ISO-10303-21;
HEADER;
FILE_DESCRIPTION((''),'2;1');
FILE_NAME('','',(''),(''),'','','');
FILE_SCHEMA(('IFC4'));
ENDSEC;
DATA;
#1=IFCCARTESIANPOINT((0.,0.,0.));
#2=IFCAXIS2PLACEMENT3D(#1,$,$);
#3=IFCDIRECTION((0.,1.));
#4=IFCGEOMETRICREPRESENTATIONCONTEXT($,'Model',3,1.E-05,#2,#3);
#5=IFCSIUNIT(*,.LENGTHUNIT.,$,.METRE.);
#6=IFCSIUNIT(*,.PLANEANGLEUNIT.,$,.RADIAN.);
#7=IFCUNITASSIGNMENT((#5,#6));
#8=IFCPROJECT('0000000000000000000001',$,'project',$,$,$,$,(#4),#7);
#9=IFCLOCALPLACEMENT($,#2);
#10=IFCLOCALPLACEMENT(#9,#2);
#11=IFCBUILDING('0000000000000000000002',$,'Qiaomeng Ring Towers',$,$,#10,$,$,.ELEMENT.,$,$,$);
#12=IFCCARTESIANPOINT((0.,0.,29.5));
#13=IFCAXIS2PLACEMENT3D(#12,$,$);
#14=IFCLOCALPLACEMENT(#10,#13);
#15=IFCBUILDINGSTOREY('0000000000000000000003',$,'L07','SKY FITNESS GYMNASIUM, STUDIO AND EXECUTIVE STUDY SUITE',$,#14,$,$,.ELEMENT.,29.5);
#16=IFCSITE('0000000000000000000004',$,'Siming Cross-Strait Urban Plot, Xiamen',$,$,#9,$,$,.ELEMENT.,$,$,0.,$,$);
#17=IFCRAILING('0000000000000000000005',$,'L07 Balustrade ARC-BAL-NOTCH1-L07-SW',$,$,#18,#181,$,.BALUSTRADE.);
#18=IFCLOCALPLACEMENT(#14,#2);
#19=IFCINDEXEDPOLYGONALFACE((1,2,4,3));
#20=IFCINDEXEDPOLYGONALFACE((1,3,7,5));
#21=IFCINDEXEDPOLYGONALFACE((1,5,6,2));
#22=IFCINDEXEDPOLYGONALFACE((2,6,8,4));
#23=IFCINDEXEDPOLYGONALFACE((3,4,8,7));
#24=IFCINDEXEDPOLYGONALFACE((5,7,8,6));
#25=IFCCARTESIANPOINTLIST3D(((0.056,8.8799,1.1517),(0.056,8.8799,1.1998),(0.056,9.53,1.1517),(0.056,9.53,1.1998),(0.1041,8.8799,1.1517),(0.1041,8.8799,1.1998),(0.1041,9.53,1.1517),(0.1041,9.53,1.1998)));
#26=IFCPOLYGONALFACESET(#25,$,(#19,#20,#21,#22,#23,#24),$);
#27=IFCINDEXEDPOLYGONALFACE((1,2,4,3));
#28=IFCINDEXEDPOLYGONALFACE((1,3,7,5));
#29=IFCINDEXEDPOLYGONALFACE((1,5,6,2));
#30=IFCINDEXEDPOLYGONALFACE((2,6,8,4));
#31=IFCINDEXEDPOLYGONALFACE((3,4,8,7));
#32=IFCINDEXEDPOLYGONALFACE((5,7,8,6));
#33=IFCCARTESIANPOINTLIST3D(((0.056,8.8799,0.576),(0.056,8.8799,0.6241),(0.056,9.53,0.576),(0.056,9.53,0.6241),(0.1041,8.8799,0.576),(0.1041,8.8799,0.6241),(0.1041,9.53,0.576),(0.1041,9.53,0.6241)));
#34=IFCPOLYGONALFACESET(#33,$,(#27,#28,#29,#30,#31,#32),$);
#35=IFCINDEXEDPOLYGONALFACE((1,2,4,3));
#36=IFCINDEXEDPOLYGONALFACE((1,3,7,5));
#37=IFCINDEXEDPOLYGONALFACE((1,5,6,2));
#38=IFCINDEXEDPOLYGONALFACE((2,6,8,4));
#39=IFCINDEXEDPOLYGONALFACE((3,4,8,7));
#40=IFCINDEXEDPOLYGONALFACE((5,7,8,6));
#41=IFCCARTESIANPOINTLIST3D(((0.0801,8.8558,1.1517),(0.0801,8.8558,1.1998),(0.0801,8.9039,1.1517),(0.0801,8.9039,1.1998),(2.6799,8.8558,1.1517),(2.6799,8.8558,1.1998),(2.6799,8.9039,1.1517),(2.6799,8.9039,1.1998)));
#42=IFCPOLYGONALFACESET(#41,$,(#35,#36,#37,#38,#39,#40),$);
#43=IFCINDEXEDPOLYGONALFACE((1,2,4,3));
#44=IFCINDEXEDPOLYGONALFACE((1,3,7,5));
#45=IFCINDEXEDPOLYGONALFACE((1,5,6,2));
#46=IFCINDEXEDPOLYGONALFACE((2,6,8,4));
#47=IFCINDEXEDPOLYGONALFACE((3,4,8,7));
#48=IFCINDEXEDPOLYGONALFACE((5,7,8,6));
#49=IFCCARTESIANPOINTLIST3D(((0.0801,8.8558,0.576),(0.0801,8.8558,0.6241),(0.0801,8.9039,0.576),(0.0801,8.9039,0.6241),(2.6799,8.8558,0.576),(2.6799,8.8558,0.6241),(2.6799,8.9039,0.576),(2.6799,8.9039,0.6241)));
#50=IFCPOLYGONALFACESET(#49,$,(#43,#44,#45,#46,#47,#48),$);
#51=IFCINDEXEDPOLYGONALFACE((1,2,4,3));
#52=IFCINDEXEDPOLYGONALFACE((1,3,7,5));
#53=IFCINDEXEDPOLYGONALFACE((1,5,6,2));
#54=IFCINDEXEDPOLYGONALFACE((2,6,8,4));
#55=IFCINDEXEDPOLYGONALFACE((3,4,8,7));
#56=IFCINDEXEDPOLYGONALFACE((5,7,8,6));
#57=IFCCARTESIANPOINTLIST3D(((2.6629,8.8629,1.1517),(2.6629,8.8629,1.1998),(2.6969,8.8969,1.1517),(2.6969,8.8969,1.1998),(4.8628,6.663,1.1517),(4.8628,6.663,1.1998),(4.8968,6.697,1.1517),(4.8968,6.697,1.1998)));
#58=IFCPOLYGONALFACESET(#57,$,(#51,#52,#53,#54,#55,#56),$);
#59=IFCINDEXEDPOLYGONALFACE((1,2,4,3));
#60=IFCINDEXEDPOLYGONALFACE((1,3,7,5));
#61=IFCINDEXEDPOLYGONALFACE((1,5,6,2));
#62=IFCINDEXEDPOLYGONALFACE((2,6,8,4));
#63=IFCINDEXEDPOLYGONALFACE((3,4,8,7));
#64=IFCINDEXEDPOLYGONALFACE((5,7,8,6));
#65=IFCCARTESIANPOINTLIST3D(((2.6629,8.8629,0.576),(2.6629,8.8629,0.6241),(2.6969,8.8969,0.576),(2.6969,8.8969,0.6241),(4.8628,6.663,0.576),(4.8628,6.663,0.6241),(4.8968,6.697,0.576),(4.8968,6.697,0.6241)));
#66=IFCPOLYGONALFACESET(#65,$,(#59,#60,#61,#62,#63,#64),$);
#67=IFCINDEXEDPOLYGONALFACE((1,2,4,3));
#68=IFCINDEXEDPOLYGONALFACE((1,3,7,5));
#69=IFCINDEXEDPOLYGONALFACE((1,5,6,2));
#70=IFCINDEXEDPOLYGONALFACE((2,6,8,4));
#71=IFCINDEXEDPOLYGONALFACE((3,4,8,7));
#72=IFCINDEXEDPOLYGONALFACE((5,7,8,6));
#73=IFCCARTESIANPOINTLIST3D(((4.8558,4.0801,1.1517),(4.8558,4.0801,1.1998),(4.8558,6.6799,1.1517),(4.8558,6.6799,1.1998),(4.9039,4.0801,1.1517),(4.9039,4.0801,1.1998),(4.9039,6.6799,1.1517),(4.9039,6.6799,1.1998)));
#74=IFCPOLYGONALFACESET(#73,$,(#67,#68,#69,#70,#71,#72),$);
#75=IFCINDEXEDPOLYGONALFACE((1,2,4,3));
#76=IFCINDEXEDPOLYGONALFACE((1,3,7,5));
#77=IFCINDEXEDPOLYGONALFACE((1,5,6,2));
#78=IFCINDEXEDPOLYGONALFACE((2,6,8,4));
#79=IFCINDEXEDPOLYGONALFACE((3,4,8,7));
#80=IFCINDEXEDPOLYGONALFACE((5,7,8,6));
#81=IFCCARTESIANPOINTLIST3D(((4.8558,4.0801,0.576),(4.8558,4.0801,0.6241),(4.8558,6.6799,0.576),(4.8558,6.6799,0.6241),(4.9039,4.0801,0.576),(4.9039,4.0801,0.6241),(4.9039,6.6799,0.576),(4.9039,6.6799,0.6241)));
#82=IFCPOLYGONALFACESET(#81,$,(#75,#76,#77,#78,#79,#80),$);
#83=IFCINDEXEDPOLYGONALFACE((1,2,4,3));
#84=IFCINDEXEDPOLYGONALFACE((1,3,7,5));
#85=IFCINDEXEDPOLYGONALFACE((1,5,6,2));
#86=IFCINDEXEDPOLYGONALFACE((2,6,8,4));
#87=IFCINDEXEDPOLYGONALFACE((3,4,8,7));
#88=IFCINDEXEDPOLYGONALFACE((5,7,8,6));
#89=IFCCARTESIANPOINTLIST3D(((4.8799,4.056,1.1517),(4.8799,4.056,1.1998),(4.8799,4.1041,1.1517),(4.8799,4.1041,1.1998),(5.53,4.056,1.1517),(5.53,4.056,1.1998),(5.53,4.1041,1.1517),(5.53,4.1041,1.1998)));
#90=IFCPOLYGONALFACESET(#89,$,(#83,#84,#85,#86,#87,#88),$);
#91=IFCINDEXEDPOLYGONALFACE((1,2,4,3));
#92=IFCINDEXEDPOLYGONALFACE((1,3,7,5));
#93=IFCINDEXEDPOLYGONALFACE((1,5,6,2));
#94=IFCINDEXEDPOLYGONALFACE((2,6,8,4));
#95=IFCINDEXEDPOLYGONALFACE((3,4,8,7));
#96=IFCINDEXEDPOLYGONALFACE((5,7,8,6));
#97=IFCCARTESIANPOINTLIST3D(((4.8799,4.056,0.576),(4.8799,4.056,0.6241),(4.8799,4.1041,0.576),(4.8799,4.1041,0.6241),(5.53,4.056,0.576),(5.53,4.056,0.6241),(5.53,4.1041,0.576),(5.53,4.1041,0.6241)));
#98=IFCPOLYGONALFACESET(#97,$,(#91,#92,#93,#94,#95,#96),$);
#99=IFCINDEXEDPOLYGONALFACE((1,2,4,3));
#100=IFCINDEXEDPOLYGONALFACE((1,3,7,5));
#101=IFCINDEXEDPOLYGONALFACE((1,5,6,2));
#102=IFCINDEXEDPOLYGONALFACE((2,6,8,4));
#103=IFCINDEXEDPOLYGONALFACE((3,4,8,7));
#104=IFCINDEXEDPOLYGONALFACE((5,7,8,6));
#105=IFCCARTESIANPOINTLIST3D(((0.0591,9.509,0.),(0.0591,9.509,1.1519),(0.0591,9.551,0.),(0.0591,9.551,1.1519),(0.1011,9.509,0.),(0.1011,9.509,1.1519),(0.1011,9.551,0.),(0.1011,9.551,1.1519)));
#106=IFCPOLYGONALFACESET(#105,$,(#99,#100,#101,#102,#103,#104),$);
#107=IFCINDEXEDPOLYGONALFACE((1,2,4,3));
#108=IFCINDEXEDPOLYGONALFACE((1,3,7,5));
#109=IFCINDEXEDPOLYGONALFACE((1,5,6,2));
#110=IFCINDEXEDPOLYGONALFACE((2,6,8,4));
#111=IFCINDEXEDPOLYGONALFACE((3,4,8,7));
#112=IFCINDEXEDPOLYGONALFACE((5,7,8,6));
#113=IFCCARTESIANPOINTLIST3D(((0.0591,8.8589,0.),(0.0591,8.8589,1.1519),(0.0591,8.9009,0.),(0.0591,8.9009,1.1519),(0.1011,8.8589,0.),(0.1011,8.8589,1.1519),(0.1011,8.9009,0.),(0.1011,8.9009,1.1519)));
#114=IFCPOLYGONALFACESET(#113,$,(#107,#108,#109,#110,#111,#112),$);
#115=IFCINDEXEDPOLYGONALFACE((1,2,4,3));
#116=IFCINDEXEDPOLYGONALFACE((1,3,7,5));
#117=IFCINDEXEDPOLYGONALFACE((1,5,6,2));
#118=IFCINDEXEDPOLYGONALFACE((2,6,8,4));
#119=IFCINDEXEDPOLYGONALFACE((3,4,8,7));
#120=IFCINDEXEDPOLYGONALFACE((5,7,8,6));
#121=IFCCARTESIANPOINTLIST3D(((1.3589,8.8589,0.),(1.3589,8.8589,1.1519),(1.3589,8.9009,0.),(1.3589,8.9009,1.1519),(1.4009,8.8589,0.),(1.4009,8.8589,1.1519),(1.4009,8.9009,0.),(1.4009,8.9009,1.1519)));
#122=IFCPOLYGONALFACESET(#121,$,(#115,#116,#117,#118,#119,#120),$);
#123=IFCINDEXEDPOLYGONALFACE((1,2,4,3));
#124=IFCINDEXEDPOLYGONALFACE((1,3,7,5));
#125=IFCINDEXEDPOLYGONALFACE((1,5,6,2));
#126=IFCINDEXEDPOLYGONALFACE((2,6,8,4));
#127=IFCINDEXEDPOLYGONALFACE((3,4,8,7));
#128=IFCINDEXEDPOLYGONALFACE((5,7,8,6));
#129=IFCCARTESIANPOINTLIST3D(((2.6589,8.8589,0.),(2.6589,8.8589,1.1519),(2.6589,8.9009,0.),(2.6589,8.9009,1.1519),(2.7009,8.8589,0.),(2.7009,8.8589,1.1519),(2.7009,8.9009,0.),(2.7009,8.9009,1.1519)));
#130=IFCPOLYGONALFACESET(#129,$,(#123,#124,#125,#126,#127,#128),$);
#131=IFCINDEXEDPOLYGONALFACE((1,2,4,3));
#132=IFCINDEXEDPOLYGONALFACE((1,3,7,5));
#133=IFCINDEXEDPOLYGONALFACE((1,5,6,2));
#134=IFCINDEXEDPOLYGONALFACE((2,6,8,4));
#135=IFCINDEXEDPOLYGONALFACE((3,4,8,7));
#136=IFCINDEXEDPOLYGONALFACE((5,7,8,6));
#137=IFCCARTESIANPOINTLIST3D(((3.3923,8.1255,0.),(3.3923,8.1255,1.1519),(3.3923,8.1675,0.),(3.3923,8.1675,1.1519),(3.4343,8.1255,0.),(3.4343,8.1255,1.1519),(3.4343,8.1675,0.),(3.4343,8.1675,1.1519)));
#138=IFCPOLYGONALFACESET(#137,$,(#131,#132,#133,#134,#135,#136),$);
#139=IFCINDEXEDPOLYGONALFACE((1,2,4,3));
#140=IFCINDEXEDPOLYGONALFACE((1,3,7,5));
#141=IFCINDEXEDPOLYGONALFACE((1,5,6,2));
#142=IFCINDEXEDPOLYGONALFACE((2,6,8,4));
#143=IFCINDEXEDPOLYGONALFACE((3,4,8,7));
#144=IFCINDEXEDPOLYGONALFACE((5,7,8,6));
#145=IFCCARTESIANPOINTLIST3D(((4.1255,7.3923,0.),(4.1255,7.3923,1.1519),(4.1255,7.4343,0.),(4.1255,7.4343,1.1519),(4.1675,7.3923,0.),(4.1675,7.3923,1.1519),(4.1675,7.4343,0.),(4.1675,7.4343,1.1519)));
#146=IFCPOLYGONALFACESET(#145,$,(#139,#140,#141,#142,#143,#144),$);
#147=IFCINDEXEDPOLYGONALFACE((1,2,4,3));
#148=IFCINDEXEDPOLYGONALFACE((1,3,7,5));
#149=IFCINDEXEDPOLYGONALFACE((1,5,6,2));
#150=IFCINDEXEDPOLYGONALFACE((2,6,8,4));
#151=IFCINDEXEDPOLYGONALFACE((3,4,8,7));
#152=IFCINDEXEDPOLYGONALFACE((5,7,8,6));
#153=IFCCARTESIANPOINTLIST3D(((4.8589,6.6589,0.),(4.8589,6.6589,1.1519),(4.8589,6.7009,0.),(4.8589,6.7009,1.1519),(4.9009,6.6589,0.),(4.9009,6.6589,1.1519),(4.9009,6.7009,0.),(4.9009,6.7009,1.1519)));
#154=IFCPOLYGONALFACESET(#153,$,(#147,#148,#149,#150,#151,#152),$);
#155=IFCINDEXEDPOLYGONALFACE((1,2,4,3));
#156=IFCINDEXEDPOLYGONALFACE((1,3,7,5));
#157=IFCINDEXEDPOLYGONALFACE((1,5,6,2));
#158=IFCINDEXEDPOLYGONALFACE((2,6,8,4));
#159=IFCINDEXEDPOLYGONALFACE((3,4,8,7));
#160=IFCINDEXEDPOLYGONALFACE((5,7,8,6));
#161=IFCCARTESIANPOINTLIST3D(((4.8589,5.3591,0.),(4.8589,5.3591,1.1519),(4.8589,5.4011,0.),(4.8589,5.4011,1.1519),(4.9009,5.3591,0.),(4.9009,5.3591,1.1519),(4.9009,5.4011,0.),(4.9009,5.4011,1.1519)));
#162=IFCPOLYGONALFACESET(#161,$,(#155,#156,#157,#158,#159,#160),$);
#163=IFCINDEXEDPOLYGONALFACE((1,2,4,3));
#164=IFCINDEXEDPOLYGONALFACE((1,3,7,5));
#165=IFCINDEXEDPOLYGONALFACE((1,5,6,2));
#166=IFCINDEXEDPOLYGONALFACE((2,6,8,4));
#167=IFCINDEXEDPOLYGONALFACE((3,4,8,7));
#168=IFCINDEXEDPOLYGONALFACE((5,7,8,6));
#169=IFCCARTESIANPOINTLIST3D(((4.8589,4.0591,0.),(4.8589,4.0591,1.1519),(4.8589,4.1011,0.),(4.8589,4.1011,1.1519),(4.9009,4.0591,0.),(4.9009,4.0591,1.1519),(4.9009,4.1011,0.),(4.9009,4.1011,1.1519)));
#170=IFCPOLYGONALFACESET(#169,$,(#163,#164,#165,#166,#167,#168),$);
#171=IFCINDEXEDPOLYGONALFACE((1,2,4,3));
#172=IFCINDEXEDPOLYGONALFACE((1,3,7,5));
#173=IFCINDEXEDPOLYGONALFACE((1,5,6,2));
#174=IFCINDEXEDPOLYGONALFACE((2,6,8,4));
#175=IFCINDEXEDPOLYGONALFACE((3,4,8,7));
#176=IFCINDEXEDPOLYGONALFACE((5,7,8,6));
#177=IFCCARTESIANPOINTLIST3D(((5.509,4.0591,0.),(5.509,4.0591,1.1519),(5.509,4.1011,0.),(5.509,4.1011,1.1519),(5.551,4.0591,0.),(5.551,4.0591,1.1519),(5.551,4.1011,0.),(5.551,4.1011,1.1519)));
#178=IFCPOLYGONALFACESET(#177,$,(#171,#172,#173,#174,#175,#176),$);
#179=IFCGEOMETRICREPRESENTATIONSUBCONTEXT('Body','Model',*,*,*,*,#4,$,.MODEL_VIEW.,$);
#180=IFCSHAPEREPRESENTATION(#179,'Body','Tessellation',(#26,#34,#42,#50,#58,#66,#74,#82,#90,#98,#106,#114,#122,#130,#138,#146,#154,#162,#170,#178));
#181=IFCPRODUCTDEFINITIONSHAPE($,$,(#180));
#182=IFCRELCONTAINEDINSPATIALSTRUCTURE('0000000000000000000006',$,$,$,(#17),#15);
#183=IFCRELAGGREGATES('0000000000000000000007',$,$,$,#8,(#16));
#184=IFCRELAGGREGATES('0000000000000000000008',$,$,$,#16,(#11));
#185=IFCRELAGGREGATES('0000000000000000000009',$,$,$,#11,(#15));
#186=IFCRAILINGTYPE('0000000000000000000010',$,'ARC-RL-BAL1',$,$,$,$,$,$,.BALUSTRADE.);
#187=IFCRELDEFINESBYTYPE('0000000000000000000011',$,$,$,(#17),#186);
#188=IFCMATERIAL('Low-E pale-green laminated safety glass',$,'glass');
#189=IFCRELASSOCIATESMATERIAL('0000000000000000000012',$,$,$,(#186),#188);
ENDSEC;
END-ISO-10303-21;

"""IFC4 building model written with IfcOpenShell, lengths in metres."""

from ifc_helpers import new_model, si_unit, direction, frame, origin, origin_2d, place, context, subcontext, project, spatial, rectangle, extrude, material, type_object, element, save


model = new_model("IFC4")

# Units and contexts
model_context = context("Model", 3, precision=1e-05, world=origin(), true_north=direction((0.0, 1.0)))
body_context = subcontext(model_context, "Body", "Model", "MODEL_VIEW")
ifc_project = project(units=[si_unit("LENGTHUNIT", "METRE"), si_unit("PLANEANGLEUNIT", "RADIAN")], contexts=[model_context])

# Site, building, storey
site_placement = place(None, origin())
site = spatial("IfcSite", under=ifc_project, at=site_placement, Name="Siming Cross-Strait Urban Plot, Xiamen", CompositionType="ELEMENT", RefElevation=0.0)
building_placement = place(site_placement, origin())
building = spatial("IfcBuilding", under=site, at=building_placement, Name="Qiaomeng Ring Towers", CompositionType="ELEMENT")
storey_placement = place(building_placement, frame((0.0, 0.0, 29.5)))
storey = spatial("IfcBuildingStorey", under=building, at=storey_placement, Name="L07", Description="SKY FITNESS GYMNASIUM, STUDIO AND EXECUTIVE STUDY SUITE", CompositionType="ELEMENT", Elevation=29.5)

# Railing
ifc_material_1 = material(Name="Low-E pale-green laminated safety glass", Category="glass")
railing_type = type_object("IfcRailingType", Name="ARC-RL-BAL1", PredefinedType="BALUSTRADE", material=ifc_material_1)
railing_1_placement = place(storey_placement, frame((0.0801, 9.53, 0.0)))
element("IfcRailing", 1, at=railing_1_placement, inside=storey, type_object=railing_type, Name="L07 Balustrade ARC-BAL-NOTCH1-L07-SW", PredefinedType="BALUSTRADE", context=body_context, shape_type="SweptSolid", body=[
    extrude(rectangle(XDim=0.0481, YDim=0.0481, at=origin_2d()), frame((0.0, 0.0, 1.1758), z_axis=(0.0, -1.0, 0.0), x_axis=(1.0, 0.0, 0.0)), (0.0, 0.0, 1.0), 0.6501),
    extrude(rectangle(XDim=0.0481, YDim=0.0481, at=origin_2d()), frame((0.0, 0.0, 0.6001), z_axis=(0.0, -1.0, 0.0), x_axis=(1.0, 0.0, 0.0)), (0.0, 0.0, 1.0), 0.6501),
    extrude(rectangle(XDim=0.0481, YDim=0.0481, at=origin_2d()), frame((0.0, -0.6501, 1.1758), z_axis=(1.0, 0.0, 0.0), x_axis=(0.0, 1.0, 0.0)), (0.0, 0.0, 1.0), 2.5999),
    extrude(rectangle(XDim=0.0481, YDim=0.0481, at=origin_2d()), frame((0.0, -0.6501, 0.6001), z_axis=(1.0, 0.0, 0.0), x_axis=(0.0, 1.0, 0.0)), (0.0, 0.0, 1.0), 2.5999),
    extrude(rectangle(XDim=0.0481, YDim=0.0481, at=origin_2d()), frame((2.5999, -0.6501, 1.1758), z_axis=(0.707107, -0.707107, 0.0), x_axis=(0.707107, 0.707107, 0.0)), (0.0, 0.0, 1.0), 3.1111),
    extrude(rectangle(XDim=0.0481, YDim=0.0481, at=origin_2d()), frame((2.5999, -0.6501, 0.6001), z_axis=(0.707107, -0.707107, 0.0), x_axis=(0.707107, 0.707107, 0.0)), (0.0, 0.0, 1.0), 3.1111),
    extrude(rectangle(XDim=0.0481, YDim=0.0481, at=origin_2d()), frame((4.7998, -2.8501, 1.1758), z_axis=(0.0, -1.0, 0.0), x_axis=(1.0, 0.0, 0.0)), (0.0, 0.0, 1.0), 2.5999),
    extrude(rectangle(XDim=0.0481, YDim=0.0481, at=origin_2d()), frame((4.7998, -2.8501, 0.6001), z_axis=(0.0, -1.0, 0.0), x_axis=(1.0, 0.0, 0.0)), (0.0, 0.0, 1.0), 2.5999),
    extrude(rectangle(XDim=0.0481, YDim=0.0481, at=origin_2d()), frame((4.7998, -5.45, 1.1758), z_axis=(1.0, 0.0, 0.0), x_axis=(0.0, 1.0, 0.0)), (0.0, 0.0, 1.0), 0.6501),
    extrude(rectangle(XDim=0.0481, YDim=0.0481, at=origin_2d()), frame((4.7998, -5.45, 0.6001), z_axis=(1.0, 0.0, 0.0), x_axis=(0.0, 1.0, 0.0)), (0.0, 0.0, 1.0), 0.6501),
    extrude(rectangle(XDim=0.042, YDim=0.042, at=origin_2d()), origin(), (0.0, 0.0, 1.0), 1.1519),
    extrude(rectangle(XDim=0.042, YDim=0.042, at=origin_2d()), frame((0.0, -0.6501, 0.0)), (0.0, 0.0, 1.0), 1.1519),
    extrude(rectangle(XDim=0.042, YDim=0.042, at=origin_2d()), frame((1.2998, -0.6501, 0.0)), (0.0, 0.0, 1.0), 1.1519),
    extrude(rectangle(XDim=0.042, YDim=0.042, at=origin_2d()), frame((2.5999, -0.6501, 0.0)), (0.0, 0.0, 1.0), 1.1519),
    extrude(rectangle(XDim=0.042, YDim=0.042, at=origin_2d()), frame((3.3333, -1.3835, 0.0)), (0.0, 0.0, 1.0), 1.1519),
    extrude(rectangle(XDim=0.042, YDim=0.042, at=origin_2d()), frame((4.0664, -2.1167, 0.0)), (0.0, 0.0, 1.0), 1.1519),
    extrude(rectangle(XDim=0.042, YDim=0.042, at=origin_2d()), frame((4.7998, -2.8501, 0.0)), (0.0, 0.0, 1.0), 1.1519),
    extrude(rectangle(XDim=0.042, YDim=0.042, at=origin_2d()), frame((4.7998, -4.1499, 0.0)), (0.0, 0.0, 1.0), 1.1519),
    extrude(rectangle(XDim=0.042, YDim=0.042, at=origin_2d()), frame((4.7998, -5.45, 0.0)), (0.0, 0.0, 1.0), 1.1519),
    extrude(rectangle(XDim=0.042, YDim=0.042, at=origin_2d()), frame((5.45, -5.45, 0.0)), (0.0, 0.0, 1.0), 1.1519),
])

save(model, "model.ifc")
